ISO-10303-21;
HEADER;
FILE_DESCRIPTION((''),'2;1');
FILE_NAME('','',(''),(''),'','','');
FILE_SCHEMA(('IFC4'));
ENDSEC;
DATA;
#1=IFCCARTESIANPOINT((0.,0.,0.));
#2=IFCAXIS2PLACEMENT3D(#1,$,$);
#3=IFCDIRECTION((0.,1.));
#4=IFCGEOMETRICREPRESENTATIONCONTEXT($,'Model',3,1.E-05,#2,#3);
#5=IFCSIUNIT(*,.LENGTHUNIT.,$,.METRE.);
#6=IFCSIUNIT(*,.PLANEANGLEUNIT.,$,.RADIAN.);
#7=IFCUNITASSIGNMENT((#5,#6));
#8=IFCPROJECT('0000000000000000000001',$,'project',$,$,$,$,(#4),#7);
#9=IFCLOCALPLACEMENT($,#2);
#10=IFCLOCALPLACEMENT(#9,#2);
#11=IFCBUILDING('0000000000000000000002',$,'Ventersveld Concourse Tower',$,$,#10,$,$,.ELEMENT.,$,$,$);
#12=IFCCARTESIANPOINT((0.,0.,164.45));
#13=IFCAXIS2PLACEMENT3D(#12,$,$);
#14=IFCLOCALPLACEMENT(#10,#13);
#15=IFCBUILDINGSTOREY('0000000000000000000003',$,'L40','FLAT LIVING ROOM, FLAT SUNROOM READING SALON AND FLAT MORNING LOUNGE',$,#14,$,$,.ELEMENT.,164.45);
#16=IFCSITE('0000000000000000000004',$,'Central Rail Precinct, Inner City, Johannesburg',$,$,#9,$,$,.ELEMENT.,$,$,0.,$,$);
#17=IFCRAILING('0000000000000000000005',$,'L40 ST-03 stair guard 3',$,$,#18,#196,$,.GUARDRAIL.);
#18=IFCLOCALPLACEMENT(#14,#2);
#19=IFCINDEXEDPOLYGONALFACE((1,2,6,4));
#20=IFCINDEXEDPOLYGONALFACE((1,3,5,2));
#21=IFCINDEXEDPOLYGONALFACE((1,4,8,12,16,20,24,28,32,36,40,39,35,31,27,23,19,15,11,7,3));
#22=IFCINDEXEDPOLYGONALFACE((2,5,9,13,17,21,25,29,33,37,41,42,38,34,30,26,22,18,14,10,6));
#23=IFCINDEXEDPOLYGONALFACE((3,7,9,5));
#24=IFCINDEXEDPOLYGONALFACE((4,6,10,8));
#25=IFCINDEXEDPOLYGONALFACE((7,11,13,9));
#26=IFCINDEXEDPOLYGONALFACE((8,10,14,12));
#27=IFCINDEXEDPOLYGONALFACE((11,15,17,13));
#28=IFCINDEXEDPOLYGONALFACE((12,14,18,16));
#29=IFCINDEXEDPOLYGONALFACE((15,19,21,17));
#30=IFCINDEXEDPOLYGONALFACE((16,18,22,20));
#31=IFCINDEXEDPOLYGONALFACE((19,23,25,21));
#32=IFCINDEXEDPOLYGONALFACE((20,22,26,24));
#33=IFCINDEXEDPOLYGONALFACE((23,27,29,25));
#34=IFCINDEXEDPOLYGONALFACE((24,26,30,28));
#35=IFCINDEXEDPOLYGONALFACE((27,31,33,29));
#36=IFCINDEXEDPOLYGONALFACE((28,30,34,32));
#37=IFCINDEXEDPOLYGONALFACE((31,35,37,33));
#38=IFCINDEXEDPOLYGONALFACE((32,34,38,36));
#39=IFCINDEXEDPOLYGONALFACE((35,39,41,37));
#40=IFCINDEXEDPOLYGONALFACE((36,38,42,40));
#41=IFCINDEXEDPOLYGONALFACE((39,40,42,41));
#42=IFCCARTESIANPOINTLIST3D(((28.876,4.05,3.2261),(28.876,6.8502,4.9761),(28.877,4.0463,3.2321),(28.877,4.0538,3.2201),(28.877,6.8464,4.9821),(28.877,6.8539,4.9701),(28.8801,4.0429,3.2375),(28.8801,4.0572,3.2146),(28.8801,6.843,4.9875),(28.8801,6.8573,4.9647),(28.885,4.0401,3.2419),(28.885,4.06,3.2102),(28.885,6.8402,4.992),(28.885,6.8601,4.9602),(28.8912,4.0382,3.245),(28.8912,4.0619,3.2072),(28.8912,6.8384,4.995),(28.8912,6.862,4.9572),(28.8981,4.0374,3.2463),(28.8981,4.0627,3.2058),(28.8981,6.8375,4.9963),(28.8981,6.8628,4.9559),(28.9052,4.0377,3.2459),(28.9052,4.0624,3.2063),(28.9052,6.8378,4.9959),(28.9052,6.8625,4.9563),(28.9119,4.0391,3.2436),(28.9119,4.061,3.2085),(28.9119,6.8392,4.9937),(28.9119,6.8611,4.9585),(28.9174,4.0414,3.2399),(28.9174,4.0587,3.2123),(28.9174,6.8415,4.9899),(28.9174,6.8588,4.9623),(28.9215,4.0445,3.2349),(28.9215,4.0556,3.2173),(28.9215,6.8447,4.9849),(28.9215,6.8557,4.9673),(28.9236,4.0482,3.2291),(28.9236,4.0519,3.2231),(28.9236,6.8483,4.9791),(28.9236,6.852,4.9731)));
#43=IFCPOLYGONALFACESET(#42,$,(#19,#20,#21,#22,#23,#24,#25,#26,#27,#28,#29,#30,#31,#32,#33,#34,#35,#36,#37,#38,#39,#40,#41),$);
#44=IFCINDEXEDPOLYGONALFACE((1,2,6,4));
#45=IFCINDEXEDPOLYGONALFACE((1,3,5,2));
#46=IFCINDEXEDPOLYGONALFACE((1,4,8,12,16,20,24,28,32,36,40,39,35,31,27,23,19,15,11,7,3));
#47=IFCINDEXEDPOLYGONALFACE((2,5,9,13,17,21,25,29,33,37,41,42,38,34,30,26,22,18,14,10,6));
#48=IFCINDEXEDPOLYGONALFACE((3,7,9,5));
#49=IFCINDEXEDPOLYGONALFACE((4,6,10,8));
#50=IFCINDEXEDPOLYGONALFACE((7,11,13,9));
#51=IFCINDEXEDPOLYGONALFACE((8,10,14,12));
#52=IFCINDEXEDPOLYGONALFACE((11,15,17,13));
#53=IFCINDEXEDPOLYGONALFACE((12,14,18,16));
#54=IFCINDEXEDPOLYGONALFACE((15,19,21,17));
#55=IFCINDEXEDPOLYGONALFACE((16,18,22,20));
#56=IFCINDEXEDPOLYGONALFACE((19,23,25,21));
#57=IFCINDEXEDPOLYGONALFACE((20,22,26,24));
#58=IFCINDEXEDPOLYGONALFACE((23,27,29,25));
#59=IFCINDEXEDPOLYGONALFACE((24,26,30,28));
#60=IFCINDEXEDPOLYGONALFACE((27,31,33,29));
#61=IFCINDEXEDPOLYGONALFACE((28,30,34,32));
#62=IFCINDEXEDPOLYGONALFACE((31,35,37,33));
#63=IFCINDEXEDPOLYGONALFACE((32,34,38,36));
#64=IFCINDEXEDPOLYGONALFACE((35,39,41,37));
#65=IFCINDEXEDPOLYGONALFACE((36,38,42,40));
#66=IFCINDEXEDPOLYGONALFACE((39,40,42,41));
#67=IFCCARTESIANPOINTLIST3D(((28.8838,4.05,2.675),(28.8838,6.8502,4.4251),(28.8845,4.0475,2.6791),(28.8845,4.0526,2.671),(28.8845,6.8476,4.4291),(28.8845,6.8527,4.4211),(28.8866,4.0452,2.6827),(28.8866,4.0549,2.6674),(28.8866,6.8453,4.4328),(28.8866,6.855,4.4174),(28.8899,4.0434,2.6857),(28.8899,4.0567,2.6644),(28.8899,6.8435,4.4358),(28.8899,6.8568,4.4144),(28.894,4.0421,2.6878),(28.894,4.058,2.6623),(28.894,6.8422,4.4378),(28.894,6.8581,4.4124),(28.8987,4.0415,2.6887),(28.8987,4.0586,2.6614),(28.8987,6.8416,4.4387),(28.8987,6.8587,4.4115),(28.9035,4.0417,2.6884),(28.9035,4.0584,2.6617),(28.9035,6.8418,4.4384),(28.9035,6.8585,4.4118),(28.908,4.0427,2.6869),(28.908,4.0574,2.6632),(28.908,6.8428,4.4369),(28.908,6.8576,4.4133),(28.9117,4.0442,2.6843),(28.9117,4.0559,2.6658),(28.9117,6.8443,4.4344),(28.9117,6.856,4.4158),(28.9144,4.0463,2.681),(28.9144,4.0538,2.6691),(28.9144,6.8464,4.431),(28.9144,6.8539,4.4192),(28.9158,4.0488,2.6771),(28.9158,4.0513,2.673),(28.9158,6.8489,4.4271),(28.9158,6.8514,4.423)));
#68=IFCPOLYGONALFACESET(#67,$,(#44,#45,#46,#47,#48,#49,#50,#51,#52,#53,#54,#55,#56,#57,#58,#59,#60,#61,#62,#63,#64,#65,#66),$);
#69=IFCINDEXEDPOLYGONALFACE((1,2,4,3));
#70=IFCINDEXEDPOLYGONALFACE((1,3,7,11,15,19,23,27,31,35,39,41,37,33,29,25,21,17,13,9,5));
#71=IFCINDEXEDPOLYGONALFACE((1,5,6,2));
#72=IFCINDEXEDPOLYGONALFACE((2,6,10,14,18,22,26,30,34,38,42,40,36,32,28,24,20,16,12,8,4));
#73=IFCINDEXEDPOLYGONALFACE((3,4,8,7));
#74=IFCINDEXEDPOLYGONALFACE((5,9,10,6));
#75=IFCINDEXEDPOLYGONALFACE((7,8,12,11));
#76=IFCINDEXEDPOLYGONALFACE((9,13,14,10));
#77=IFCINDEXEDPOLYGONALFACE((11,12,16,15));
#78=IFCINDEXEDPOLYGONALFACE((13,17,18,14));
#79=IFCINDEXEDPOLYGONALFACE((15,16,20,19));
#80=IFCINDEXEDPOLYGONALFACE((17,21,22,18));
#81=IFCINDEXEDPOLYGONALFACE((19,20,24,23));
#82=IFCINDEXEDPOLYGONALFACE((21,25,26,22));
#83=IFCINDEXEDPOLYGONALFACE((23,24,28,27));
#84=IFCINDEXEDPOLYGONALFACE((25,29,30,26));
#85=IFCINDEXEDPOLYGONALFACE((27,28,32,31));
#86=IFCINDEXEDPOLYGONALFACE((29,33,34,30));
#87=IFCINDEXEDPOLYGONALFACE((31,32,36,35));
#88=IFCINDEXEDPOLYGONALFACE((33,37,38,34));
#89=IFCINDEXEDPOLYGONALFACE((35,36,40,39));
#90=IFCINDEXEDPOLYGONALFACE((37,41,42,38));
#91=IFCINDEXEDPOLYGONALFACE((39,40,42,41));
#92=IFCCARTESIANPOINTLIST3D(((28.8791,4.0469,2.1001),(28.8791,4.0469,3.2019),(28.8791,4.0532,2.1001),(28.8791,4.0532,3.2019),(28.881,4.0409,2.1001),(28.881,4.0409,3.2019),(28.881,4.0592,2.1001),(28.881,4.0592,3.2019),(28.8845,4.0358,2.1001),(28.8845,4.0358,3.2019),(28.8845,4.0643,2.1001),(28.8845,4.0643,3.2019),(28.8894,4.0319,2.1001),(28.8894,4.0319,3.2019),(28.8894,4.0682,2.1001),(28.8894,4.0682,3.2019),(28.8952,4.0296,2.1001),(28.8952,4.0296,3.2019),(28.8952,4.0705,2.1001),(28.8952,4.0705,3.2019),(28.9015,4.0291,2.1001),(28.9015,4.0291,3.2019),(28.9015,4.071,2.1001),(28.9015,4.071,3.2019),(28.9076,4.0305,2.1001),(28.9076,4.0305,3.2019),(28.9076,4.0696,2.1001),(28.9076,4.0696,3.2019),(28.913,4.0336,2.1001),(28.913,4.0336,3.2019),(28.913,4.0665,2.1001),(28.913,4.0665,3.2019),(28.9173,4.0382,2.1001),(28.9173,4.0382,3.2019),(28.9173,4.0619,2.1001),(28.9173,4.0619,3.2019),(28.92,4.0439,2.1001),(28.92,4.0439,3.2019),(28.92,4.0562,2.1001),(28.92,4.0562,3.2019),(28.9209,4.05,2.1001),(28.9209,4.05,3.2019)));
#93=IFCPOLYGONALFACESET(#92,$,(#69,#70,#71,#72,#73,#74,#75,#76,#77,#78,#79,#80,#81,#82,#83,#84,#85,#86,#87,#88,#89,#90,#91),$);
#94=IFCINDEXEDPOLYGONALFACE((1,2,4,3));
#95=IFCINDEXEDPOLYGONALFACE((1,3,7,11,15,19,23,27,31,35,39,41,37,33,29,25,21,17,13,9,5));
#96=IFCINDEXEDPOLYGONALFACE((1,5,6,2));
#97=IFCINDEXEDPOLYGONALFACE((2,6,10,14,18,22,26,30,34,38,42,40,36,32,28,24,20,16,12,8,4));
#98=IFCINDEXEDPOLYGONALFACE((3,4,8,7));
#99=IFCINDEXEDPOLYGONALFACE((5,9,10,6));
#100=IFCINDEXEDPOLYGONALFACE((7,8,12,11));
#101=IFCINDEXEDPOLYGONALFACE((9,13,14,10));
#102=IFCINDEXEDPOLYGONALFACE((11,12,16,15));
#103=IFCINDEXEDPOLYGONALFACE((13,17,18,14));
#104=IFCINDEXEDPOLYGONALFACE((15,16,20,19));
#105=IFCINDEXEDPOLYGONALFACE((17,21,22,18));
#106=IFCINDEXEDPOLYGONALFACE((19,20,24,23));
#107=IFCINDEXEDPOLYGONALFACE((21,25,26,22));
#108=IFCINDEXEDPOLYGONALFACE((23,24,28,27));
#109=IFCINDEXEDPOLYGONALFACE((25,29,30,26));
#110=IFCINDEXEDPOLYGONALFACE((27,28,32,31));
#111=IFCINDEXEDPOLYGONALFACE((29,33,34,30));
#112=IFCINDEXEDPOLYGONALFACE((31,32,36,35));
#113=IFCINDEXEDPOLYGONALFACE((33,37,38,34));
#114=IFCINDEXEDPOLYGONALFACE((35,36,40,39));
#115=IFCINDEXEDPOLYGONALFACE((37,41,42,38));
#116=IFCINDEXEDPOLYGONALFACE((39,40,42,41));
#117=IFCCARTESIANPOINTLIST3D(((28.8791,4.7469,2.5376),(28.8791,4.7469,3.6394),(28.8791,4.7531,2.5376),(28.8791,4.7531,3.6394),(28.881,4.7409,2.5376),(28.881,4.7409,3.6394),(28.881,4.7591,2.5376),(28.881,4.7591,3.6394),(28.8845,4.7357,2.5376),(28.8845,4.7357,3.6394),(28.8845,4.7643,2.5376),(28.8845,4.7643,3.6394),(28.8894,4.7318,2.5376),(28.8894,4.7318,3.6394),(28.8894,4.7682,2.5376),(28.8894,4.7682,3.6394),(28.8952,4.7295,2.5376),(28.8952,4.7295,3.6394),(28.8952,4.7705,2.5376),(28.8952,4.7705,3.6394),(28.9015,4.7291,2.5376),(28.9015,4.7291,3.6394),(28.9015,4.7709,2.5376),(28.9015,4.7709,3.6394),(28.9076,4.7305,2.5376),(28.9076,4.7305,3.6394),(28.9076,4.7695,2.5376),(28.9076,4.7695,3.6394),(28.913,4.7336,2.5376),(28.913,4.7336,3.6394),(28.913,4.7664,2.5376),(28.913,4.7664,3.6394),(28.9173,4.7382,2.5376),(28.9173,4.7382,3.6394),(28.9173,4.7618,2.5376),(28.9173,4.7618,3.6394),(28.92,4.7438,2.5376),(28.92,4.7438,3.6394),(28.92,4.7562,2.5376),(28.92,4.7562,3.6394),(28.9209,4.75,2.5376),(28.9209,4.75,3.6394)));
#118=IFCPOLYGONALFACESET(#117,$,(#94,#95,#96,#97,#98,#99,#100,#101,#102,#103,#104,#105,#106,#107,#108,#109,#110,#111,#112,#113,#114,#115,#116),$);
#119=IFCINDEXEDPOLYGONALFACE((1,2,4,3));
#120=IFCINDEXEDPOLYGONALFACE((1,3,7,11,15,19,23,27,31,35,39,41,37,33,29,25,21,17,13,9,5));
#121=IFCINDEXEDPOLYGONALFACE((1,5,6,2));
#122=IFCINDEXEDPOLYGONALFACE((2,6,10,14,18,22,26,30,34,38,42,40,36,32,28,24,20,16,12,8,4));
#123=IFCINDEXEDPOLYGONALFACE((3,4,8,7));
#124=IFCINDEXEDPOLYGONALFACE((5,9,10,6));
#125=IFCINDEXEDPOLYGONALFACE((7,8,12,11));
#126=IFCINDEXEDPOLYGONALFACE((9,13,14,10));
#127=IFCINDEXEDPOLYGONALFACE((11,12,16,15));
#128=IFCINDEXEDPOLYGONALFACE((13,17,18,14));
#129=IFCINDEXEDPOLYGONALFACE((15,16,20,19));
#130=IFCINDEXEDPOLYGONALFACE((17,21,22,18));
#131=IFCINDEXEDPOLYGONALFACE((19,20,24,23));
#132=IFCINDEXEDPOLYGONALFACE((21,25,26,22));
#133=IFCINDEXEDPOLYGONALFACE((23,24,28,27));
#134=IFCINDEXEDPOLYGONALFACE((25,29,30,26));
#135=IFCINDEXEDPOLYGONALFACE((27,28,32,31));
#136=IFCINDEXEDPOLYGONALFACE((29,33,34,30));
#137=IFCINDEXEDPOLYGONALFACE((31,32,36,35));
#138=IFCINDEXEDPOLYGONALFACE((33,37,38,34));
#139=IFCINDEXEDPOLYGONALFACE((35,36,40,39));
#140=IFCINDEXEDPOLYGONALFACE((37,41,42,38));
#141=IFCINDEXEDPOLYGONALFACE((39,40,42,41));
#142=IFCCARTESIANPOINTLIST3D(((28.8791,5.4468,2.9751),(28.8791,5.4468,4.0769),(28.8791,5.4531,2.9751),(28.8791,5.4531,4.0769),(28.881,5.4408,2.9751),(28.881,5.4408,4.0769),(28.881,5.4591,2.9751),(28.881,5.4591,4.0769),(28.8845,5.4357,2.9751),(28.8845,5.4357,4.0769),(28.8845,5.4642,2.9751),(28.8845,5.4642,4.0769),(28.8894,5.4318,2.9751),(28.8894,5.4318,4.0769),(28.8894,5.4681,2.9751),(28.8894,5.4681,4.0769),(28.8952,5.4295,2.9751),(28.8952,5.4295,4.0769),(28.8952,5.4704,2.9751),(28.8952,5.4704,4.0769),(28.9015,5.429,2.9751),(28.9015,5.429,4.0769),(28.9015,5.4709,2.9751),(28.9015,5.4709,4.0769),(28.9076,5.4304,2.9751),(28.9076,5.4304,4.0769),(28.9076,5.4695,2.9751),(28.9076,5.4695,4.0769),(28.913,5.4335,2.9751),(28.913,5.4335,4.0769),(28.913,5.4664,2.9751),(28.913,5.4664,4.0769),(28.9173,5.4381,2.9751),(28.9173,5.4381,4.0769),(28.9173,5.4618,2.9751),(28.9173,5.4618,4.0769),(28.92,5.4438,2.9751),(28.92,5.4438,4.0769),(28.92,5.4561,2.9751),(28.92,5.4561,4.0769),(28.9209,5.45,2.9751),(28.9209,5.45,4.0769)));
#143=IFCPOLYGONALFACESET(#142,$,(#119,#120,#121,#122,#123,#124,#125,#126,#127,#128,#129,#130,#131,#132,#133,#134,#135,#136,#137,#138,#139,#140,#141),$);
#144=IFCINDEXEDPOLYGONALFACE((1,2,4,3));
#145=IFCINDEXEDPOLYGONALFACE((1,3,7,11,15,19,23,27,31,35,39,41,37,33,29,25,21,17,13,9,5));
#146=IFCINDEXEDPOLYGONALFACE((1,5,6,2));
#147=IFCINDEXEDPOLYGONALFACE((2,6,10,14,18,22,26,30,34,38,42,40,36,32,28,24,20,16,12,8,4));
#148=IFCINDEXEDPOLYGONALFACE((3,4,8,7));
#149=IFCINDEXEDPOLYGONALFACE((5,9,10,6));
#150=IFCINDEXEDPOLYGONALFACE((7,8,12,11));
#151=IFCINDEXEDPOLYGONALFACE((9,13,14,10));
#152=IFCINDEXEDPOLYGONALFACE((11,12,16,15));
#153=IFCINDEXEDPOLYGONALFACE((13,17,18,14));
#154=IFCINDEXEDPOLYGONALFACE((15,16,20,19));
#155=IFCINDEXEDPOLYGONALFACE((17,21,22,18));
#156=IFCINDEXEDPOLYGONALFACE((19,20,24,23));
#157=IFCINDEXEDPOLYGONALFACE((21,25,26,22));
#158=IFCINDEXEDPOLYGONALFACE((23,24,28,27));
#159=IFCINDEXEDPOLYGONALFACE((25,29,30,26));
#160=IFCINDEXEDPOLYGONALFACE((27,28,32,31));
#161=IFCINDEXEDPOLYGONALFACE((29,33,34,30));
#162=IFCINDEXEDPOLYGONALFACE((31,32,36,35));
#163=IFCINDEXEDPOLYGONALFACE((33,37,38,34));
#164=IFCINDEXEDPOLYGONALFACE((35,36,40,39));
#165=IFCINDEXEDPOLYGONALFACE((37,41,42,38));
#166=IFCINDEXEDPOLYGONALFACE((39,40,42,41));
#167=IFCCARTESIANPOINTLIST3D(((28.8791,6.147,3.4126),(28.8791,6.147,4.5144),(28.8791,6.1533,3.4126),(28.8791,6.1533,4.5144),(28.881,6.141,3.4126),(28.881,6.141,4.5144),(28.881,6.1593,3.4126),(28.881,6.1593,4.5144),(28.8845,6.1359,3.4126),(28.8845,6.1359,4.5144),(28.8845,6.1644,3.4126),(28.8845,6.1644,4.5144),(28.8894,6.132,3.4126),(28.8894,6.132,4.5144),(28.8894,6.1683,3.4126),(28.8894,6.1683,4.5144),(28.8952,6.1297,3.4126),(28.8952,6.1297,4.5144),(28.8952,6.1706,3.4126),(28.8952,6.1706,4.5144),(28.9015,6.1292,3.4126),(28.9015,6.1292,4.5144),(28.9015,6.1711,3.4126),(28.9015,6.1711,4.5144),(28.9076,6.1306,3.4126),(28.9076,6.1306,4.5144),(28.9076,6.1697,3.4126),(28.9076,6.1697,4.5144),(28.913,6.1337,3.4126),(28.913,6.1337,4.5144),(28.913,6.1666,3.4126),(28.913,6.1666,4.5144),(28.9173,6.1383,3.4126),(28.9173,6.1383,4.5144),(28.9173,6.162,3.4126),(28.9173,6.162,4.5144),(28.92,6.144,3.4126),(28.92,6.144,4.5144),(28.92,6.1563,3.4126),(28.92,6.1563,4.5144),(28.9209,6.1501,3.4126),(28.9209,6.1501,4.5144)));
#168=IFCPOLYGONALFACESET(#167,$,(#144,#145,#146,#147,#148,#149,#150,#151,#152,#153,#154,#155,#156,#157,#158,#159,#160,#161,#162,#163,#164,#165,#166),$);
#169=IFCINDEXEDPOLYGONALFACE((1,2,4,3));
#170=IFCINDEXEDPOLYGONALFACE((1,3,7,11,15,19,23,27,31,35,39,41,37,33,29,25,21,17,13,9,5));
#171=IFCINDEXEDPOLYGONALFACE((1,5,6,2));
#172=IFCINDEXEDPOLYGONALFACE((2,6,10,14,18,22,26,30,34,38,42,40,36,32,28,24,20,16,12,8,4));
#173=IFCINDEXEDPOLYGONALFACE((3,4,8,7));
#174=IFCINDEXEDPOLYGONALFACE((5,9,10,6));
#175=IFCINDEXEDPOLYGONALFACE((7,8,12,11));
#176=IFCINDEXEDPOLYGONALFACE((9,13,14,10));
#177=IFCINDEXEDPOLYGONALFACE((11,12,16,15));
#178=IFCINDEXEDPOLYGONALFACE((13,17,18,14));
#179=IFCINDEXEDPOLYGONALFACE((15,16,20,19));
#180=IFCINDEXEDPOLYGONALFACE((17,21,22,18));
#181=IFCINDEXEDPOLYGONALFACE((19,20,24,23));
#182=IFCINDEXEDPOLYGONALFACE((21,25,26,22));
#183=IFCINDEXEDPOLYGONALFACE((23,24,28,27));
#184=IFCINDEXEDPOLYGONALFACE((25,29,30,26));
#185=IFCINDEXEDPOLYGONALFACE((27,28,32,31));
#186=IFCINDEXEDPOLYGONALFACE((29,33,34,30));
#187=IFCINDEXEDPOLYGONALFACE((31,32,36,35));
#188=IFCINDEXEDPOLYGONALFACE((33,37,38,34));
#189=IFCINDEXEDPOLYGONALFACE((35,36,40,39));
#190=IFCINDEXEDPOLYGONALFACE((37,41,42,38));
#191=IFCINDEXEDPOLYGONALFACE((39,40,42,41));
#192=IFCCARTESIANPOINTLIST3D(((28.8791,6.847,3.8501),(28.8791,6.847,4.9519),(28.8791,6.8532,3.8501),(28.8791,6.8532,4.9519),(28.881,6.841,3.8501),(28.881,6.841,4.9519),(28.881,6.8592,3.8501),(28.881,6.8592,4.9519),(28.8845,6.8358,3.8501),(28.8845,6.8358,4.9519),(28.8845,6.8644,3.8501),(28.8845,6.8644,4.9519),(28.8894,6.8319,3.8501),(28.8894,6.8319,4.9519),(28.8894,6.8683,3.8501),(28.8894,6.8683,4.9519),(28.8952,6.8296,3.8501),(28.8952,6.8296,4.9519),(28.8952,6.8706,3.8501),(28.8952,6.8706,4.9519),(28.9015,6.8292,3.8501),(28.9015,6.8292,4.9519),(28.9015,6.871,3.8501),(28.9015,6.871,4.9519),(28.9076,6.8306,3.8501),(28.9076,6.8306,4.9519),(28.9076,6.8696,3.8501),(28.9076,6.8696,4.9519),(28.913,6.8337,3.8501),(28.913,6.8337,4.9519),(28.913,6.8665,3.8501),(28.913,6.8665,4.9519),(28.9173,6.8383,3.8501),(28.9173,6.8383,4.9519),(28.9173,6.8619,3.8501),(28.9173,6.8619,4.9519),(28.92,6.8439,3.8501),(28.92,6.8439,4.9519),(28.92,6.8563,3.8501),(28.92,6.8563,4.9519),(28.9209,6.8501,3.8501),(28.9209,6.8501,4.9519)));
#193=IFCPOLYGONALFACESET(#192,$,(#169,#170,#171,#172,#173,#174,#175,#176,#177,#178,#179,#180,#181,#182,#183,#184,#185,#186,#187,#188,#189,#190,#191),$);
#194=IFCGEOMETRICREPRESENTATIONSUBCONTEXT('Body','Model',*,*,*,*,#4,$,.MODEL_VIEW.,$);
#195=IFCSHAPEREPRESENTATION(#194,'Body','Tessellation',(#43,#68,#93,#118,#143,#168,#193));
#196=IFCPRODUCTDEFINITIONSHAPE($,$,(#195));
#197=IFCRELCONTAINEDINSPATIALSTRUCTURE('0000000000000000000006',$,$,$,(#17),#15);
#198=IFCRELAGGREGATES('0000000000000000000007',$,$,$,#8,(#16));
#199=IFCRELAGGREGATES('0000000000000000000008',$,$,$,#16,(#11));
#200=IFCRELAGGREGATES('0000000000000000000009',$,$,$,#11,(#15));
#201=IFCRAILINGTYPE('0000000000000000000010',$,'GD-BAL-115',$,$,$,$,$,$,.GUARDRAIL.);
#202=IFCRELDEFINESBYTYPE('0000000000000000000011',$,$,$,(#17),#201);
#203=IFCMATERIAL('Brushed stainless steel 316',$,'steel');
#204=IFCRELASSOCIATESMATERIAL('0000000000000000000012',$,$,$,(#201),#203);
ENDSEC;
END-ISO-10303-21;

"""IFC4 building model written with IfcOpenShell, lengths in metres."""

from ifc_helpers import new_model, si_unit, direction, frame, origin, origin_2d, place, context, subcontext, project, spatial, circle, extrude, material, type_object, element, save


model = new_model("IFC4")

# Units and contexts
model_context = context("Model", 3, precision=1e-05, world=origin(), true_north=direction((0.0, 1.0)))
body_context = subcontext(model_context, "Body", "Model", "MODEL_VIEW")
ifc_project = project(units=[si_unit("LENGTHUNIT", "METRE"), si_unit("PLANEANGLEUNIT", "RADIAN")], contexts=[model_context])

# Site, building, storey
site_placement = place(None, origin())
site = spatial("IfcSite", under=ifc_project, at=site_placement, Name="Central Rail Precinct, Inner City, Johannesburg", CompositionType="ELEMENT", RefElevation=0.0)
building_placement = place(site_placement, origin())
building = spatial("IfcBuilding", under=site, at=building_placement, Name="Ventersveld Concourse Tower", CompositionType="ELEMENT")
storey_placement = place(building_placement, frame((0.0, 0.0, 164.45)))
storey = spatial("IfcBuildingStorey", under=building, at=storey_placement, Name="L40", Description="FLAT LIVING ROOM, FLAT SUNROOM READING SALON AND FLAT MORNING LOUNGE", CompositionType="ELEMENT", Elevation=164.45)

# Shared definitions
ifc_material_1 = material(Name="Brushed stainless steel 316", Category="steel")

# Railing
railing_type_1 = type_object("IfcRailingType", Name="GD-BAL-115", PredefinedType="GUARDRAIL", material=ifc_material_1)
railing_1_placement = place(storey_placement, frame((28.8999, 4.05, 2.1001)))
element("IfcRailing", 1, at=railing_1_placement, inside=storey, type_object=railing_type_1, Name="L40 ST-03 stair guard 3", PredefinedType="GUARDRAIL", context=body_context, shape_type="SweptSolid", body=[
    extrude(circle(Radius=0.0239, at=origin_2d()), frame((0.0, 0.0, 1.126), z_axis=(0.0, 0.848002, 0.529992), x_axis=(-1.0, 0.0, 0.0)), (0.0, 0.0, 1.0), 3.302),
    extrude(circle(Radius=0.0161, at=origin_2d()), frame((0.0, 0.0, 0.575), z_axis=(0.0, 0.848002, 0.529992), x_axis=(-1.0, 0.0, 0.0)), (0.0, 0.0, 1.0), 3.302),
    extrude(circle(Radius=0.021, at=origin_2d()), origin(), (0.0, 0.0, 1.0), 1.1018),
    extrude(circle(Radius=0.021, at=origin_2d()), frame((0.0, 0.7, 0.4375)), (0.0, 0.0, 1.0), 1.1018),
    extrude(circle(Radius=0.021, at=origin_2d()), frame((0.0, 1.3999, 0.875)), (0.0, 0.0, 1.0), 1.1018),
    extrude(circle(Radius=0.021, at=origin_2d()), frame((0.0, 2.1001, 1.3125)), (0.0, 0.0, 1.0), 1.1018),
    extrude(circle(Radius=0.021, at=origin_2d()), frame((0.0, 2.8, 1.75)), (0.0, 0.0, 1.0), 1.1018),
])

save(model, "model.ifc")
